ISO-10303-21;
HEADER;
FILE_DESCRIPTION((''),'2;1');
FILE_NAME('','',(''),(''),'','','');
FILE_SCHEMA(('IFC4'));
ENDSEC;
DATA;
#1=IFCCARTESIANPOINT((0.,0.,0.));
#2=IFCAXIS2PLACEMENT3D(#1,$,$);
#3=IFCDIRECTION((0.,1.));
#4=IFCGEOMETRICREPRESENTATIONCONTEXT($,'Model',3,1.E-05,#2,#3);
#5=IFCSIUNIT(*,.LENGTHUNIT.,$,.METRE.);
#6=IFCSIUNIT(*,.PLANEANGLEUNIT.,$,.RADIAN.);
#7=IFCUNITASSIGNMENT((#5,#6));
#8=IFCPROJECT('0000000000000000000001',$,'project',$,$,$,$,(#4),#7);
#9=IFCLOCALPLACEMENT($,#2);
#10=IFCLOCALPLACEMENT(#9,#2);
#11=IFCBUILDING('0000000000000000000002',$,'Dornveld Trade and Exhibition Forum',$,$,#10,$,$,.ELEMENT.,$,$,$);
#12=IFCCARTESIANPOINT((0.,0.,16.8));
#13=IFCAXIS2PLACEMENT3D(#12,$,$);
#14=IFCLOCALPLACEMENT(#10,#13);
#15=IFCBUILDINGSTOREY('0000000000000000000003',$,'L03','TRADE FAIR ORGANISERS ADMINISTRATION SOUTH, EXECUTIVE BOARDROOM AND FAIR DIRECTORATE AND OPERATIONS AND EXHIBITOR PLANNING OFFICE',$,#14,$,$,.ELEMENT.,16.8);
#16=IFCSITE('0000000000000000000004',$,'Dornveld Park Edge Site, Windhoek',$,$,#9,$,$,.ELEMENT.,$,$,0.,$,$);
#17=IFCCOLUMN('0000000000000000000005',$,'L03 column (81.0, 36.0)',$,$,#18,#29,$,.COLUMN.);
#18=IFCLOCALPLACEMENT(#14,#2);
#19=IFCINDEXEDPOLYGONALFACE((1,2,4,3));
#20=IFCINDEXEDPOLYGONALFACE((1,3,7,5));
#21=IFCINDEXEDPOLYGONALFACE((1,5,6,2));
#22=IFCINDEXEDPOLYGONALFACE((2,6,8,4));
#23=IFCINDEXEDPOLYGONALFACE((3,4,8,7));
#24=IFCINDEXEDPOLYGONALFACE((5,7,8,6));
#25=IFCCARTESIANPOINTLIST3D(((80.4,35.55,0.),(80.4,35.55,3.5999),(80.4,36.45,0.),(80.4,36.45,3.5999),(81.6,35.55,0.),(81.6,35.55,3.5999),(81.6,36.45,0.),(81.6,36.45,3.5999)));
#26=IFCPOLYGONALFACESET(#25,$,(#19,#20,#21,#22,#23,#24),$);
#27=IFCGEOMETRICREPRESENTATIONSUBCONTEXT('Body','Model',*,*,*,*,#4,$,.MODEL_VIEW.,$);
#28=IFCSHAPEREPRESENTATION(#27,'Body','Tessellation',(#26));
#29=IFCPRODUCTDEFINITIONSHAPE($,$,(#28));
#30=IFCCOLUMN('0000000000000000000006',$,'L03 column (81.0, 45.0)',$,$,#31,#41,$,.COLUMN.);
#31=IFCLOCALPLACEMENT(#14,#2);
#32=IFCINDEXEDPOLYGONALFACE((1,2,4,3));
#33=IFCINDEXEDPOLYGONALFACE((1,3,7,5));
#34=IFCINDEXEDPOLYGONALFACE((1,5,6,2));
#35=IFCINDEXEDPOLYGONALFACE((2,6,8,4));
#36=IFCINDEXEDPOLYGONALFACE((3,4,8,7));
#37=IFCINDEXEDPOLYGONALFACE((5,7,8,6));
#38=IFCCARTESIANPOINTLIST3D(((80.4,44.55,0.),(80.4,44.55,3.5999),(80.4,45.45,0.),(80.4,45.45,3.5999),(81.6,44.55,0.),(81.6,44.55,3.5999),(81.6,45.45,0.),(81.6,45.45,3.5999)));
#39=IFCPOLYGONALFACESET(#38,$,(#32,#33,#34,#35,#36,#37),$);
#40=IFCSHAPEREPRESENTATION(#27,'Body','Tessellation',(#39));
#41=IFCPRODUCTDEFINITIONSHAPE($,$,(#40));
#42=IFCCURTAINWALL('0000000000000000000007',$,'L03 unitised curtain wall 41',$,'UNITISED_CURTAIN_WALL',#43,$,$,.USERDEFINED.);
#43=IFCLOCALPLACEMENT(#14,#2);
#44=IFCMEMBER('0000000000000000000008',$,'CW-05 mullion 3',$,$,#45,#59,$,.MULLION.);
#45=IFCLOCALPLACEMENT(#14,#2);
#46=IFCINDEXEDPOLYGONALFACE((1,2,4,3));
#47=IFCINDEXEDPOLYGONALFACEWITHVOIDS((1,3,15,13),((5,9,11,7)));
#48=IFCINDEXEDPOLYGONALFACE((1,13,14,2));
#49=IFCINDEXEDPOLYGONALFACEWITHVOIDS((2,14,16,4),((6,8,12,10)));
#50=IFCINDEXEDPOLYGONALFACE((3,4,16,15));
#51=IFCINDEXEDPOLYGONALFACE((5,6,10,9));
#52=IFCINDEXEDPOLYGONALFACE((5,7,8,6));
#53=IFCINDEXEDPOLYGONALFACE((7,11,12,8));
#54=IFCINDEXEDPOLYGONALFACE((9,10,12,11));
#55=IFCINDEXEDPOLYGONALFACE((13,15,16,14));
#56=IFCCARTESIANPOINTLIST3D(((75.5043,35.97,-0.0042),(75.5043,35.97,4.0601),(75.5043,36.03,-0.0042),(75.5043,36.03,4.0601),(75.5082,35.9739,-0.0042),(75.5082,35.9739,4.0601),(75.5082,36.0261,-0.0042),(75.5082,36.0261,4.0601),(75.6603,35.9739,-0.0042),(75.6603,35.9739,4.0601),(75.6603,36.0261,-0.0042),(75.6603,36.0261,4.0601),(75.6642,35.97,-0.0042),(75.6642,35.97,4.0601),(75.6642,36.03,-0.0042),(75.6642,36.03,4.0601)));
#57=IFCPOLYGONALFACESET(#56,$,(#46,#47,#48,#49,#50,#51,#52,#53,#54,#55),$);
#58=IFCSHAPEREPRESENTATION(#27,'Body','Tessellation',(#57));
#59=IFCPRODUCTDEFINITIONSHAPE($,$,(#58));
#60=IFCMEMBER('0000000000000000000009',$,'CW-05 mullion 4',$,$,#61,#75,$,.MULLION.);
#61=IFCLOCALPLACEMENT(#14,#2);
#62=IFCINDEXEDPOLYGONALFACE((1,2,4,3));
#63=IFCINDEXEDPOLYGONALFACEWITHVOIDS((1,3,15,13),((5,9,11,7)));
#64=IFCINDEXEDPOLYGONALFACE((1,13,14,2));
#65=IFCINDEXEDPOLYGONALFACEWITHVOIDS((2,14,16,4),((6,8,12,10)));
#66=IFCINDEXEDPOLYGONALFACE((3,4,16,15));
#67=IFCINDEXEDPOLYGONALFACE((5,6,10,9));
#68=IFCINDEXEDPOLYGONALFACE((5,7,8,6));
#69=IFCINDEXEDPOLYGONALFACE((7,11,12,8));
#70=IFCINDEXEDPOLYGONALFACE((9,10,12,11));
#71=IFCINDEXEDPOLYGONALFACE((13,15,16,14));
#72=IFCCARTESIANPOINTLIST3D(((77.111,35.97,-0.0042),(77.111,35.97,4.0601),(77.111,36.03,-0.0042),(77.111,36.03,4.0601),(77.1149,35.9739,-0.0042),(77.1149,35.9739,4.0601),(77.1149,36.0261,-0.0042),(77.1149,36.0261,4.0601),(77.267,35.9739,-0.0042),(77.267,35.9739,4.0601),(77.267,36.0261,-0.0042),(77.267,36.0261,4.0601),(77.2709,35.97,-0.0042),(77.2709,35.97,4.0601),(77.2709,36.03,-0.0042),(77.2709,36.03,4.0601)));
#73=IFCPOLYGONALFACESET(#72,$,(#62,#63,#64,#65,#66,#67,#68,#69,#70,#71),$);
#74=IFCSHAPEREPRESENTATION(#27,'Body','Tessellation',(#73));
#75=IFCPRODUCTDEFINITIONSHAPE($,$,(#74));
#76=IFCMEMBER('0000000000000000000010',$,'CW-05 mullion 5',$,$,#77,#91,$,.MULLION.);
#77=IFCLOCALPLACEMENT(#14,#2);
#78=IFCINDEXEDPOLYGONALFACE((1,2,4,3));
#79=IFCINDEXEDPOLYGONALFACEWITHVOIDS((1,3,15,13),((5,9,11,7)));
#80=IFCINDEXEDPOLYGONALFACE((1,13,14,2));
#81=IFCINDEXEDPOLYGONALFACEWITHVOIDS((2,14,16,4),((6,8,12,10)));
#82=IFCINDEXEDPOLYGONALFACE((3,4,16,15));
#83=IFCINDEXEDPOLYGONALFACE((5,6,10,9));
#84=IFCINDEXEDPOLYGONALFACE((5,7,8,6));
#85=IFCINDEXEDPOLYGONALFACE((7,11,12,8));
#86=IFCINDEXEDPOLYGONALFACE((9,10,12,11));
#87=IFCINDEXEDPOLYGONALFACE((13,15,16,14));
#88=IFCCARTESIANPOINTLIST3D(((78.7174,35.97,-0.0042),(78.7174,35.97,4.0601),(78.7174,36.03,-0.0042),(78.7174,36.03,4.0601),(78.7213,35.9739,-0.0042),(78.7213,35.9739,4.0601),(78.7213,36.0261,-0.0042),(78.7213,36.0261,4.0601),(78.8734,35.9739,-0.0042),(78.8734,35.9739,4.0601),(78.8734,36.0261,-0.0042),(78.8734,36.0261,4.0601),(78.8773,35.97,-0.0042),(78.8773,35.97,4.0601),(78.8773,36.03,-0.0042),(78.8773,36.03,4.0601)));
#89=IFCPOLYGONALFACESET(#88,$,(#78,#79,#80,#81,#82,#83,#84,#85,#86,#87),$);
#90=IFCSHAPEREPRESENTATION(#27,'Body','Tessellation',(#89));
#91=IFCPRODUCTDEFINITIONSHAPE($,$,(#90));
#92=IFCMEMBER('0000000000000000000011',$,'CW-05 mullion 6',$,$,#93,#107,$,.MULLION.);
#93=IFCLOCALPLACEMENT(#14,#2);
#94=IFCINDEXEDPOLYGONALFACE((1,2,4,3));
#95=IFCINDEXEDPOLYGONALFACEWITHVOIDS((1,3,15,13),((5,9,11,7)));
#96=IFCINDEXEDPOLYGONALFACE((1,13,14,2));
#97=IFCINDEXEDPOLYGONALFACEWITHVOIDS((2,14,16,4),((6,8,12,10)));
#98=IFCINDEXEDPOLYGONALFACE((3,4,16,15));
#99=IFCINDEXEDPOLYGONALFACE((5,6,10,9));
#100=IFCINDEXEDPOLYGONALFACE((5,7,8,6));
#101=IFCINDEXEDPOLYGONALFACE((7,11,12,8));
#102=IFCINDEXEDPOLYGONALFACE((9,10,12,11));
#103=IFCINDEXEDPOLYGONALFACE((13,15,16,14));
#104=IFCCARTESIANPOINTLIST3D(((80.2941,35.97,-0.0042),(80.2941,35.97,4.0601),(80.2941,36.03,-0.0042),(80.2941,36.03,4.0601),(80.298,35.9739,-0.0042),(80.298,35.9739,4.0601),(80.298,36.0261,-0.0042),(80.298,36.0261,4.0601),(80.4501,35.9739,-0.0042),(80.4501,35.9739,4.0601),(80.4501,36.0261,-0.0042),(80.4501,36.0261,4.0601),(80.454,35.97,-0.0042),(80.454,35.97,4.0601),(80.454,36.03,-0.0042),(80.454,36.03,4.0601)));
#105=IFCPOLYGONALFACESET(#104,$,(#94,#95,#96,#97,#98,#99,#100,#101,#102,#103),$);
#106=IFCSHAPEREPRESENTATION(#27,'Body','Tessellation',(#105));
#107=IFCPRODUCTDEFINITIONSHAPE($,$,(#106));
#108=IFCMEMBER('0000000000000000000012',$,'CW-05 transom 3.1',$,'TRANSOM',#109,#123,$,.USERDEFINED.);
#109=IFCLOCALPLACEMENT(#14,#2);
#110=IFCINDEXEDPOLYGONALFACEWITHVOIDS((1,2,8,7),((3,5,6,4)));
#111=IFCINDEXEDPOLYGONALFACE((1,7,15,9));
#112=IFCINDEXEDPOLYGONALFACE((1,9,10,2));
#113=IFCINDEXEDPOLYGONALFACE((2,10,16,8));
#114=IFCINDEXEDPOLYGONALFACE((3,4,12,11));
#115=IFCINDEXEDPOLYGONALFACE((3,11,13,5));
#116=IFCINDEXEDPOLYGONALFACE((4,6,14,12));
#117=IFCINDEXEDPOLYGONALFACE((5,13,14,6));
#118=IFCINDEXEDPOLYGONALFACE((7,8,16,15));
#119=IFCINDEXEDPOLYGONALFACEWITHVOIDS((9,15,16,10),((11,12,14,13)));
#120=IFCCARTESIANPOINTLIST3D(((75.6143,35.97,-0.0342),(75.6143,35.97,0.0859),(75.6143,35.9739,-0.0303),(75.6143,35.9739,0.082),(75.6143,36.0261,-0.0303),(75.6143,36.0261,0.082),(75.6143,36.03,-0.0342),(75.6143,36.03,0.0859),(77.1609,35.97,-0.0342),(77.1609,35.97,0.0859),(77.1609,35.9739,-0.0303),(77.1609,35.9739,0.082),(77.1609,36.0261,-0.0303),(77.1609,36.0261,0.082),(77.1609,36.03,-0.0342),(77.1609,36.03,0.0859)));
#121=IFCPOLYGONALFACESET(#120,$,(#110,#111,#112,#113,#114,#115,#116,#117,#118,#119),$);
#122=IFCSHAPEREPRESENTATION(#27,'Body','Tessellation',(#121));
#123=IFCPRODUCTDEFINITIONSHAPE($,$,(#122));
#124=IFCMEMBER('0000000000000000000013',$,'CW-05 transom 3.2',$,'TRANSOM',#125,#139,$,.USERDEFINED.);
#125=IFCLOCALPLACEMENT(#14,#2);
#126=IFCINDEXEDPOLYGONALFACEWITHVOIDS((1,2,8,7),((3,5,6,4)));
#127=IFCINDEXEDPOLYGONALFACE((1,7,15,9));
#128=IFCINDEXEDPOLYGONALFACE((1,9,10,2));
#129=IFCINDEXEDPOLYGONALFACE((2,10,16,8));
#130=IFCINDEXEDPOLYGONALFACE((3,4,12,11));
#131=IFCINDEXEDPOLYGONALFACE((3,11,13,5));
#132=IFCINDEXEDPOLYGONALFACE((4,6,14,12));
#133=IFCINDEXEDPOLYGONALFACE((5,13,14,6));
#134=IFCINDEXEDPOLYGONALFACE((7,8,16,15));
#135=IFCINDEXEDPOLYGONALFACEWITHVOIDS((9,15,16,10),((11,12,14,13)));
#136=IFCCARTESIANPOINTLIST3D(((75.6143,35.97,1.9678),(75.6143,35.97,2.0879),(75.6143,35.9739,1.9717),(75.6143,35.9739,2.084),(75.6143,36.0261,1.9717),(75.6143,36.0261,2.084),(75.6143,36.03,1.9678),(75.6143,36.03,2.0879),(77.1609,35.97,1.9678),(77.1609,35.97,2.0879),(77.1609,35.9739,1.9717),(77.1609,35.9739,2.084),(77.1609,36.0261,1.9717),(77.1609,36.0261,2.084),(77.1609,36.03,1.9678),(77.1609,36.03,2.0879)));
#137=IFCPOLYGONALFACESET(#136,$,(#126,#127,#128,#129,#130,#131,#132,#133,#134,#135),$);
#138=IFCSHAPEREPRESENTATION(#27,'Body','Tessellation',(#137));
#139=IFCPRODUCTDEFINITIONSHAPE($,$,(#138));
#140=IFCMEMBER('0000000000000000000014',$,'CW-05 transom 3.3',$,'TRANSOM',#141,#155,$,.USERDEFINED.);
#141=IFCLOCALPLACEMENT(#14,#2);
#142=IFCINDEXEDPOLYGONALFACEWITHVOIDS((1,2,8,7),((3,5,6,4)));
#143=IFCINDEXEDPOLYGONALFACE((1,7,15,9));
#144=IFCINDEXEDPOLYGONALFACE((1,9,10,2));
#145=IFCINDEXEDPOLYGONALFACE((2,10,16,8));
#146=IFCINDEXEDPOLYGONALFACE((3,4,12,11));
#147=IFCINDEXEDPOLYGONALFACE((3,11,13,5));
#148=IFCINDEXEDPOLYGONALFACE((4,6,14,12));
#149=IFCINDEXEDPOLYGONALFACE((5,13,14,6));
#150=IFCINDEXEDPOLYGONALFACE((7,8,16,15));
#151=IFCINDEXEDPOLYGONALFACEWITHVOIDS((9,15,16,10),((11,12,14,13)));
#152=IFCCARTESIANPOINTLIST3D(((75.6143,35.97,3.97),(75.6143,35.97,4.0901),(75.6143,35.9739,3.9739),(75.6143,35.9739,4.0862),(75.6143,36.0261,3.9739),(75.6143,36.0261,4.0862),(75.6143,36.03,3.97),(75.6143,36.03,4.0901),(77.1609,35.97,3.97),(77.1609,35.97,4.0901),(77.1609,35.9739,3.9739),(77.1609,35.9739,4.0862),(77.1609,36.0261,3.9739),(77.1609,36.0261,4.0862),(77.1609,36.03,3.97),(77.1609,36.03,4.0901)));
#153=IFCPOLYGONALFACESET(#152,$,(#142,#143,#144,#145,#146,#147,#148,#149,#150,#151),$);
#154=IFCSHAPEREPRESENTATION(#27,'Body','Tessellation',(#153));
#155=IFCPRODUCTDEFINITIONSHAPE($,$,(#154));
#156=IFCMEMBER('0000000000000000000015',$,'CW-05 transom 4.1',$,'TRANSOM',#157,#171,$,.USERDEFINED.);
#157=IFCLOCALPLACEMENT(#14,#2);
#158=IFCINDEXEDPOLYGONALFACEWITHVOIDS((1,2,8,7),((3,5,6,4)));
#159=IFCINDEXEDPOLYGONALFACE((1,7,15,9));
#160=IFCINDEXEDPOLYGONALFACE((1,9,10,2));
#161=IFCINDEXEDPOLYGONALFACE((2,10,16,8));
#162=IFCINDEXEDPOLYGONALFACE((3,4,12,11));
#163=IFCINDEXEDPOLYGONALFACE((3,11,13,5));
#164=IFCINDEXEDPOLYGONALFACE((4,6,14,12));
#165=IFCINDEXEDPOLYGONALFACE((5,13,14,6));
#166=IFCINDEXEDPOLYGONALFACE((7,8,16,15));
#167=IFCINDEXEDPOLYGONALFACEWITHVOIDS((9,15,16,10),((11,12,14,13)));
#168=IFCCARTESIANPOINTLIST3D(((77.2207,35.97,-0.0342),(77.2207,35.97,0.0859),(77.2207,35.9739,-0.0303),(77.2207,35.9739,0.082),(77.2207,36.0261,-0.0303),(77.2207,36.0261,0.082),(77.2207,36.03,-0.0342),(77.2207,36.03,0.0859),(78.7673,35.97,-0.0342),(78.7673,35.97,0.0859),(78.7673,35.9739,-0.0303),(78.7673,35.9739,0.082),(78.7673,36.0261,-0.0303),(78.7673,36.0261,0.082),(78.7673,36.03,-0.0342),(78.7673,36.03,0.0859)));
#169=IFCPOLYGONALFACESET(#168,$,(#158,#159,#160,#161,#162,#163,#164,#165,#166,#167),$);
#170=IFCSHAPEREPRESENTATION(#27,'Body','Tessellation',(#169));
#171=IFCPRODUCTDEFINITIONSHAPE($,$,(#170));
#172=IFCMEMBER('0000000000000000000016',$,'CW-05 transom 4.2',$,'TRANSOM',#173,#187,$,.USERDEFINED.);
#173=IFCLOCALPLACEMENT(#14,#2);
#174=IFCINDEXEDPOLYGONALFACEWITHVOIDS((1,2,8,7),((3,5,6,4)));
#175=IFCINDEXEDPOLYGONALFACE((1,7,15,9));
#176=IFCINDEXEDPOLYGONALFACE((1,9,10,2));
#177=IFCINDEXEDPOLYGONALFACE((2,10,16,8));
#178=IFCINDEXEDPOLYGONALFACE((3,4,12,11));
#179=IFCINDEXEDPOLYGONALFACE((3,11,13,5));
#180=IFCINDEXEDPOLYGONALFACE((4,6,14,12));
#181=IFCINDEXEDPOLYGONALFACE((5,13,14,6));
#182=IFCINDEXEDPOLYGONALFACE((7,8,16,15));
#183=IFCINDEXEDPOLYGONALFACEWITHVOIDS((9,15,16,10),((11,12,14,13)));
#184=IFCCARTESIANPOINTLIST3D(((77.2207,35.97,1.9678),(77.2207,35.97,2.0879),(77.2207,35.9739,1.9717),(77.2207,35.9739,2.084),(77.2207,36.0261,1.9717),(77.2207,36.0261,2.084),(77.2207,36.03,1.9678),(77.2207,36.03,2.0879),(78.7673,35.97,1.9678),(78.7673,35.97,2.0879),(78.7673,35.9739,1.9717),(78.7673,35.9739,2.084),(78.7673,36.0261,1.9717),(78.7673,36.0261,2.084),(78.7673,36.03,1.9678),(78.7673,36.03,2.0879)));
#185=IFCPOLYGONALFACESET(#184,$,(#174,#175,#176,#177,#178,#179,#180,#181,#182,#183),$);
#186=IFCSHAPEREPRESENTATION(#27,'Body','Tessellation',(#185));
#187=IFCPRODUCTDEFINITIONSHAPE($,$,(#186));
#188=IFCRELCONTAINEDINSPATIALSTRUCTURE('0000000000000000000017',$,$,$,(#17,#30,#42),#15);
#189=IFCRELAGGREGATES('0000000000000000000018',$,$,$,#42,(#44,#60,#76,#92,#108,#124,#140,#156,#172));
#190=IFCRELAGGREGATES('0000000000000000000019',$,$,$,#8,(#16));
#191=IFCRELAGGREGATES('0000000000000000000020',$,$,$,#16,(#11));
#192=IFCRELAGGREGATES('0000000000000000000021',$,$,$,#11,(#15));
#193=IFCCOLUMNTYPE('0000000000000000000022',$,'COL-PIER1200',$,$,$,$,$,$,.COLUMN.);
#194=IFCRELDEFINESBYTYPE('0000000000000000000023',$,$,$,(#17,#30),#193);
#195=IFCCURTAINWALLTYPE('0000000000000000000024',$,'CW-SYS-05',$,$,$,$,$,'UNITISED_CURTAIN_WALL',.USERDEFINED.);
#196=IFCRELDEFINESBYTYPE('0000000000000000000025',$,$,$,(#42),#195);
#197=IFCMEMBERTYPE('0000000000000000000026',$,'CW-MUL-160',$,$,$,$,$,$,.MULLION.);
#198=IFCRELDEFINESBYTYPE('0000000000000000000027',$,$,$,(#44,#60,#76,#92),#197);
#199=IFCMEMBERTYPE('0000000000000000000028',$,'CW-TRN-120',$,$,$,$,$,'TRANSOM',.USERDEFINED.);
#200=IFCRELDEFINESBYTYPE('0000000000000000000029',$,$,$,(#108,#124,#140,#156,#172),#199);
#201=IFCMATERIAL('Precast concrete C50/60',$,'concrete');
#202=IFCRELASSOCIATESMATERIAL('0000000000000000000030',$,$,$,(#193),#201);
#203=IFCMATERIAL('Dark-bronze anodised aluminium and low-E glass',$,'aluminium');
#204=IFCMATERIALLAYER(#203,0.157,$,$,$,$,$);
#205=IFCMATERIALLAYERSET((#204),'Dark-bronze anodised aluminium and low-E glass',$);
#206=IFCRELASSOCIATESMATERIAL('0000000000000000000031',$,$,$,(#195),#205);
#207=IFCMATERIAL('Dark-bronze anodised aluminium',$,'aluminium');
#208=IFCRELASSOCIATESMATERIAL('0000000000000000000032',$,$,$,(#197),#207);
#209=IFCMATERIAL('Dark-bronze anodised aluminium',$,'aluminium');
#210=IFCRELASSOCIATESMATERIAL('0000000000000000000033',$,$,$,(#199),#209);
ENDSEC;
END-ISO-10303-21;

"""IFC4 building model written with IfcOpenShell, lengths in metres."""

from ifc_helpers import new_model, si_unit, direction, frame, origin, origin_2d, place, context, subcontext, project, spatial, rectangle, hollow_rectangle, extrude, material, layer, layer_set, material_profile, profile_set, type_object, element, aggregate, save


model = new_model("IFC4")

# Units and contexts
model_context = context("Model", 3, precision=1e-05, world=origin(), true_north=direction((0.0, 1.0)))
body_context = subcontext(model_context, "Body", "Model", "MODEL_VIEW")
ifc_project = project(units=[si_unit("LENGTHUNIT", "METRE"), si_unit("PLANEANGLEUNIT", "RADIAN")], contexts=[model_context])

# Site, building, storey
site_placement = place(None, origin())
site = spatial("IfcSite", under=ifc_project, at=site_placement, Name="Dornveld Park Edge Site, Windhoek", CompositionType="ELEMENT", RefElevation=0.0)
building_placement = place(site_placement, origin())
building = spatial("IfcBuilding", under=site, at=building_placement, Name="Dornveld Trade and Exhibition Forum", CompositionType="ELEMENT")
storey_placement = place(building_placement, frame((0.0, 0.0, 16.8)))
storey = spatial("IfcBuildingStorey", under=building, at=storey_placement, Name="L03", Description="TRADE FAIR ORGANISERS ADMINISTRATION SOUTH, EXECUTIVE BOARDROOM AND FAIR DIRECTORATE AND OPERATIONS AND EXHIBITOR PLANNING OFFICE", CompositionType="ELEMENT", Elevation=16.8)

# Columns
ifc_material_1 = material(Name="Precast concrete C50/60", Category="concrete")
ifc_material_profile_1 = material_profile(ifc_material_1, rectangle(XDim=1.2, YDim=0.8999, at=origin_2d()), Name="PC-PIER 1200x900")
ifc_profile_set_1 = profile_set([ifc_material_profile_1], Name="Precast concrete C50/60")
column_type = type_object("IfcColumnType", Name="COL-PIER1200", PredefinedType="COLUMN", material=ifc_profile_set_1)
for number, where, z_axis, x_axis, name in (
    (1, (81.0, 36.0, 0.0), (0.0, 0.0, 1.0), (1.0, 0.0, 0.0), "L03 column (81.0, 36.0)"),
    (2, (81.0, 45.0, 0.0), (0.0, 0.0, 1.0), (1.0, 0.0, 0.0), "L03 column (81.0, 45.0)"),
):
    element("IfcColumn", number, at=place(storey_placement, frame(where, z_axis=z_axis, x_axis=x_axis)), inside=storey, type_object=column_type, Name=name, PredefinedType="COLUMN", context=body_context, shape_type="SweptSolid", body=[
        extrude(rectangle(XDim=1.2, YDim=0.8999, at=origin_2d()), origin(), (0.0, 0.0, 1.0), 3.5999),
    ])

# Curtain wall, members
ifc_material_2 = material(Name="Dark-bronze anodised aluminium and low-E glass", Category="aluminium")
ifc_layer_1 = layer(ifc_material_2, 0.157)
ifc_layer_set_1 = layer_set([ifc_layer_1], Name="Dark-bronze anodised aluminium and low-E glass")
curtain_wall_type = type_object("IfcCurtainWallType", Name="CW-SYS-05", ElementType="UNITISED_CURTAIN_WALL", PredefinedType="USERDEFINED", material=ifc_layer_set_1)
curtain_wall_placement = place(storey_placement, origin())
curtain_wall = element("IfcCurtainWall", 3, at=curtain_wall_placement, inside=storey, type_object=curtain_wall_type, Name="L03 unitised curtain wall 41", ObjectType="UNITISED_CURTAIN_WALL", PredefinedType="USERDEFINED")
ifc_material_3 = material(Name="Dark-bronze anodised aluminium", Category="aluminium")
ifc_material_profile_2 = material_profile(ifc_material_3, hollow_rectangle(XDim=0.0601, YDim=0.1599, WallThickness=0.0039, at=origin_2d()), Name="RHS 160x60x4")
ifc_profile_set_2 = profile_set([ifc_material_profile_2], Name="Dark-bronze anodised aluminium")
member_type_1 = type_object("IfcMemberType", Name="CW-MUL-160", PredefinedType="MULLION", material=ifc_profile_set_2)
member_1_placement = place(storey_placement, frame((75.5842, 36.0, -0.0042), z_axis=(0.0, 0.0, 1.0), x_axis=(0.0, 1.0, 0.0)))
member_1 = element("IfcMember", 4, at=member_1_placement, type_object=member_type_1, Name="CW-05 mullion 3", PredefinedType="MULLION", context=body_context, shape_type="SweptSolid", body=[
    extrude(hollow_rectangle(XDim=0.0601, YDim=0.1599, WallThickness=0.0039, at=origin_2d()), origin(), (0.0, 0.0, 1.0), 4.0642),
])
member_2_placement = place(storey_placement, frame((77.1909, 36.0, -0.0042), z_axis=(0.0, 0.0, 1.0), x_axis=(0.0, 1.0, 0.0)))
member_2 = element("IfcMember", 5, at=member_2_placement, type_object=member_type_1, Name="CW-05 mullion 4", PredefinedType="MULLION", context=body_context, shape_type="SweptSolid", body=[
    extrude(hollow_rectangle(XDim=0.0601, YDim=0.1599, WallThickness=0.0039, at=origin_2d()), origin(), (0.0, 0.0, 1.0), 4.0642),
])
member_3_placement = place(storey_placement, frame((78.7974, 36.0, -0.0042), z_axis=(0.0, 0.0, 1.0), x_axis=(0.0, 1.0, 0.0)))
member_3 = element("IfcMember", 6, at=member_3_placement, type_object=member_type_1, Name="CW-05 mullion 5", PredefinedType="MULLION", context=body_context, shape_type="SweptSolid", body=[
    extrude(hollow_rectangle(XDim=0.0601, YDim=0.1599, WallThickness=0.0039, at=origin_2d()), origin(), (0.0, 0.0, 1.0), 4.0642),
])
member_4_placement = place(storey_placement, frame((80.374, 36.0, -0.0042), z_axis=(0.0, 0.0, 1.0), x_axis=(0.0, 1.0, 0.0)))
member_4 = element("IfcMember", 7, at=member_4_placement, type_object=member_type_1, Name="CW-05 mullion 6", PredefinedType="MULLION", context=body_context, shape_type="SweptSolid", body=[
    extrude(hollow_rectangle(XDim=0.0601, YDim=0.1599, WallThickness=0.0039, at=origin_2d()), origin(), (0.0, 0.0, 1.0), 4.0642),
])
ifc_material_4 = material(Name="Dark-bronze anodised aluminium", Category="aluminium")
ifc_material_profile_3 = material_profile(ifc_material_4, hollow_rectangle(XDim=0.0601, YDim=0.1201, WallThickness=0.0039, at=origin_2d()), Name="RHS 120x60x4")
ifc_profile_set_3 = profile_set([ifc_material_profile_3], Name="Dark-bronze anodised aluminium")
member_type_2 = type_object("IfcMemberType", Name="CW-TRN-120", ElementType="TRANSOM", PredefinedType="USERDEFINED", material=ifc_profile_set_3)
member_5_placement = place(storey_placement, frame((75.6143, 36.0, 0.0259), z_axis=(1.0, 0.0, 0.0), x_axis=(0.0, 1.0, 0.0)))
member_5 = element("IfcMember", 8, at=member_5_placement, type_object=member_type_2, Name="CW-05 transom 3.1", ObjectType="TRANSOM", PredefinedType="USERDEFINED", context=body_context, shape_type="SweptSolid", body=[
    extrude(hollow_rectangle(XDim=0.0601, YDim=0.1201, WallThickness=0.0039, at=origin_2d()), origin(), (0.0, 0.0, 1.0), 1.5466),
])
member_6_placement = place(storey_placement, frame((75.6143, 36.0, 2.0278), z_axis=(1.0, 0.0, 0.0), x_axis=(0.0, 1.0, 0.0)))
member_6 = element("IfcMember", 9, at=member_6_placement, type_object=member_type_2, Name="CW-05 transom 3.2", ObjectType="TRANSOM", PredefinedType="USERDEFINED", context=body_context, shape_type="SweptSolid", body=[
    extrude(hollow_rectangle(XDim=0.0601, YDim=0.1201, WallThickness=0.0039, at=origin_2d()), origin(), (0.0, 0.0, 1.0), 1.5466),
])
member_7_placement = place(storey_placement, frame((75.6143, 36.0, 4.03), z_axis=(1.0, 0.0, 0.0), x_axis=(0.0, 1.0, 0.0)))
member_7 = element("IfcMember", 10, at=member_7_placement, type_object=member_type_2, Name="CW-05 transom 3.3", ObjectType="TRANSOM", PredefinedType="USERDEFINED", context=body_context, shape_type="SweptSolid", body=[
    extrude(hollow_rectangle(XDim=0.0601, YDim=0.1201, WallThickness=0.0039, at=origin_2d()), origin(), (0.0, 0.0, 1.0), 1.5466),
])
member_8_placement = place(storey_placement, frame((77.2207, 36.0, 0.0259), z_axis=(1.0, 0.0, 0.0), x_axis=(0.0, 1.0, 0.0)))
member_8 = element("IfcMember", 11, at=member_8_placement, type_object=member_type_2, Name="CW-05 transom 4.1", ObjectType="TRANSOM", PredefinedType="USERDEFINED", context=body_context, shape_type="SweptSolid", body=[
    extrude(hollow_rectangle(XDim=0.0601, YDim=0.1201, WallThickness=0.0039, at=origin_2d()), origin(), (0.0, 0.0, 1.0), 1.5466),
])
member_9_placement = place(storey_placement, frame((77.2207, 36.0, 2.0278), z_axis=(1.0, 0.0, 0.0), x_axis=(0.0, 1.0, 0.0)))
member_9 = element("IfcMember", 12, at=member_9_placement, type_object=member_type_2, Name="CW-05 transom 4.2", ObjectType="TRANSOM", PredefinedType="USERDEFINED", context=body_context, shape_type="SweptSolid", body=[
    extrude(hollow_rectangle(XDim=0.0601, YDim=0.1201, WallThickness=0.0039, at=origin_2d()), origin(), (0.0, 0.0, 1.0), 1.5466),
])

aggregate(curtain_wall, [member_1, member_2, member_3, member_4, member_5, member_6, member_7, member_8, member_9])

save(model, "model.ifc")
